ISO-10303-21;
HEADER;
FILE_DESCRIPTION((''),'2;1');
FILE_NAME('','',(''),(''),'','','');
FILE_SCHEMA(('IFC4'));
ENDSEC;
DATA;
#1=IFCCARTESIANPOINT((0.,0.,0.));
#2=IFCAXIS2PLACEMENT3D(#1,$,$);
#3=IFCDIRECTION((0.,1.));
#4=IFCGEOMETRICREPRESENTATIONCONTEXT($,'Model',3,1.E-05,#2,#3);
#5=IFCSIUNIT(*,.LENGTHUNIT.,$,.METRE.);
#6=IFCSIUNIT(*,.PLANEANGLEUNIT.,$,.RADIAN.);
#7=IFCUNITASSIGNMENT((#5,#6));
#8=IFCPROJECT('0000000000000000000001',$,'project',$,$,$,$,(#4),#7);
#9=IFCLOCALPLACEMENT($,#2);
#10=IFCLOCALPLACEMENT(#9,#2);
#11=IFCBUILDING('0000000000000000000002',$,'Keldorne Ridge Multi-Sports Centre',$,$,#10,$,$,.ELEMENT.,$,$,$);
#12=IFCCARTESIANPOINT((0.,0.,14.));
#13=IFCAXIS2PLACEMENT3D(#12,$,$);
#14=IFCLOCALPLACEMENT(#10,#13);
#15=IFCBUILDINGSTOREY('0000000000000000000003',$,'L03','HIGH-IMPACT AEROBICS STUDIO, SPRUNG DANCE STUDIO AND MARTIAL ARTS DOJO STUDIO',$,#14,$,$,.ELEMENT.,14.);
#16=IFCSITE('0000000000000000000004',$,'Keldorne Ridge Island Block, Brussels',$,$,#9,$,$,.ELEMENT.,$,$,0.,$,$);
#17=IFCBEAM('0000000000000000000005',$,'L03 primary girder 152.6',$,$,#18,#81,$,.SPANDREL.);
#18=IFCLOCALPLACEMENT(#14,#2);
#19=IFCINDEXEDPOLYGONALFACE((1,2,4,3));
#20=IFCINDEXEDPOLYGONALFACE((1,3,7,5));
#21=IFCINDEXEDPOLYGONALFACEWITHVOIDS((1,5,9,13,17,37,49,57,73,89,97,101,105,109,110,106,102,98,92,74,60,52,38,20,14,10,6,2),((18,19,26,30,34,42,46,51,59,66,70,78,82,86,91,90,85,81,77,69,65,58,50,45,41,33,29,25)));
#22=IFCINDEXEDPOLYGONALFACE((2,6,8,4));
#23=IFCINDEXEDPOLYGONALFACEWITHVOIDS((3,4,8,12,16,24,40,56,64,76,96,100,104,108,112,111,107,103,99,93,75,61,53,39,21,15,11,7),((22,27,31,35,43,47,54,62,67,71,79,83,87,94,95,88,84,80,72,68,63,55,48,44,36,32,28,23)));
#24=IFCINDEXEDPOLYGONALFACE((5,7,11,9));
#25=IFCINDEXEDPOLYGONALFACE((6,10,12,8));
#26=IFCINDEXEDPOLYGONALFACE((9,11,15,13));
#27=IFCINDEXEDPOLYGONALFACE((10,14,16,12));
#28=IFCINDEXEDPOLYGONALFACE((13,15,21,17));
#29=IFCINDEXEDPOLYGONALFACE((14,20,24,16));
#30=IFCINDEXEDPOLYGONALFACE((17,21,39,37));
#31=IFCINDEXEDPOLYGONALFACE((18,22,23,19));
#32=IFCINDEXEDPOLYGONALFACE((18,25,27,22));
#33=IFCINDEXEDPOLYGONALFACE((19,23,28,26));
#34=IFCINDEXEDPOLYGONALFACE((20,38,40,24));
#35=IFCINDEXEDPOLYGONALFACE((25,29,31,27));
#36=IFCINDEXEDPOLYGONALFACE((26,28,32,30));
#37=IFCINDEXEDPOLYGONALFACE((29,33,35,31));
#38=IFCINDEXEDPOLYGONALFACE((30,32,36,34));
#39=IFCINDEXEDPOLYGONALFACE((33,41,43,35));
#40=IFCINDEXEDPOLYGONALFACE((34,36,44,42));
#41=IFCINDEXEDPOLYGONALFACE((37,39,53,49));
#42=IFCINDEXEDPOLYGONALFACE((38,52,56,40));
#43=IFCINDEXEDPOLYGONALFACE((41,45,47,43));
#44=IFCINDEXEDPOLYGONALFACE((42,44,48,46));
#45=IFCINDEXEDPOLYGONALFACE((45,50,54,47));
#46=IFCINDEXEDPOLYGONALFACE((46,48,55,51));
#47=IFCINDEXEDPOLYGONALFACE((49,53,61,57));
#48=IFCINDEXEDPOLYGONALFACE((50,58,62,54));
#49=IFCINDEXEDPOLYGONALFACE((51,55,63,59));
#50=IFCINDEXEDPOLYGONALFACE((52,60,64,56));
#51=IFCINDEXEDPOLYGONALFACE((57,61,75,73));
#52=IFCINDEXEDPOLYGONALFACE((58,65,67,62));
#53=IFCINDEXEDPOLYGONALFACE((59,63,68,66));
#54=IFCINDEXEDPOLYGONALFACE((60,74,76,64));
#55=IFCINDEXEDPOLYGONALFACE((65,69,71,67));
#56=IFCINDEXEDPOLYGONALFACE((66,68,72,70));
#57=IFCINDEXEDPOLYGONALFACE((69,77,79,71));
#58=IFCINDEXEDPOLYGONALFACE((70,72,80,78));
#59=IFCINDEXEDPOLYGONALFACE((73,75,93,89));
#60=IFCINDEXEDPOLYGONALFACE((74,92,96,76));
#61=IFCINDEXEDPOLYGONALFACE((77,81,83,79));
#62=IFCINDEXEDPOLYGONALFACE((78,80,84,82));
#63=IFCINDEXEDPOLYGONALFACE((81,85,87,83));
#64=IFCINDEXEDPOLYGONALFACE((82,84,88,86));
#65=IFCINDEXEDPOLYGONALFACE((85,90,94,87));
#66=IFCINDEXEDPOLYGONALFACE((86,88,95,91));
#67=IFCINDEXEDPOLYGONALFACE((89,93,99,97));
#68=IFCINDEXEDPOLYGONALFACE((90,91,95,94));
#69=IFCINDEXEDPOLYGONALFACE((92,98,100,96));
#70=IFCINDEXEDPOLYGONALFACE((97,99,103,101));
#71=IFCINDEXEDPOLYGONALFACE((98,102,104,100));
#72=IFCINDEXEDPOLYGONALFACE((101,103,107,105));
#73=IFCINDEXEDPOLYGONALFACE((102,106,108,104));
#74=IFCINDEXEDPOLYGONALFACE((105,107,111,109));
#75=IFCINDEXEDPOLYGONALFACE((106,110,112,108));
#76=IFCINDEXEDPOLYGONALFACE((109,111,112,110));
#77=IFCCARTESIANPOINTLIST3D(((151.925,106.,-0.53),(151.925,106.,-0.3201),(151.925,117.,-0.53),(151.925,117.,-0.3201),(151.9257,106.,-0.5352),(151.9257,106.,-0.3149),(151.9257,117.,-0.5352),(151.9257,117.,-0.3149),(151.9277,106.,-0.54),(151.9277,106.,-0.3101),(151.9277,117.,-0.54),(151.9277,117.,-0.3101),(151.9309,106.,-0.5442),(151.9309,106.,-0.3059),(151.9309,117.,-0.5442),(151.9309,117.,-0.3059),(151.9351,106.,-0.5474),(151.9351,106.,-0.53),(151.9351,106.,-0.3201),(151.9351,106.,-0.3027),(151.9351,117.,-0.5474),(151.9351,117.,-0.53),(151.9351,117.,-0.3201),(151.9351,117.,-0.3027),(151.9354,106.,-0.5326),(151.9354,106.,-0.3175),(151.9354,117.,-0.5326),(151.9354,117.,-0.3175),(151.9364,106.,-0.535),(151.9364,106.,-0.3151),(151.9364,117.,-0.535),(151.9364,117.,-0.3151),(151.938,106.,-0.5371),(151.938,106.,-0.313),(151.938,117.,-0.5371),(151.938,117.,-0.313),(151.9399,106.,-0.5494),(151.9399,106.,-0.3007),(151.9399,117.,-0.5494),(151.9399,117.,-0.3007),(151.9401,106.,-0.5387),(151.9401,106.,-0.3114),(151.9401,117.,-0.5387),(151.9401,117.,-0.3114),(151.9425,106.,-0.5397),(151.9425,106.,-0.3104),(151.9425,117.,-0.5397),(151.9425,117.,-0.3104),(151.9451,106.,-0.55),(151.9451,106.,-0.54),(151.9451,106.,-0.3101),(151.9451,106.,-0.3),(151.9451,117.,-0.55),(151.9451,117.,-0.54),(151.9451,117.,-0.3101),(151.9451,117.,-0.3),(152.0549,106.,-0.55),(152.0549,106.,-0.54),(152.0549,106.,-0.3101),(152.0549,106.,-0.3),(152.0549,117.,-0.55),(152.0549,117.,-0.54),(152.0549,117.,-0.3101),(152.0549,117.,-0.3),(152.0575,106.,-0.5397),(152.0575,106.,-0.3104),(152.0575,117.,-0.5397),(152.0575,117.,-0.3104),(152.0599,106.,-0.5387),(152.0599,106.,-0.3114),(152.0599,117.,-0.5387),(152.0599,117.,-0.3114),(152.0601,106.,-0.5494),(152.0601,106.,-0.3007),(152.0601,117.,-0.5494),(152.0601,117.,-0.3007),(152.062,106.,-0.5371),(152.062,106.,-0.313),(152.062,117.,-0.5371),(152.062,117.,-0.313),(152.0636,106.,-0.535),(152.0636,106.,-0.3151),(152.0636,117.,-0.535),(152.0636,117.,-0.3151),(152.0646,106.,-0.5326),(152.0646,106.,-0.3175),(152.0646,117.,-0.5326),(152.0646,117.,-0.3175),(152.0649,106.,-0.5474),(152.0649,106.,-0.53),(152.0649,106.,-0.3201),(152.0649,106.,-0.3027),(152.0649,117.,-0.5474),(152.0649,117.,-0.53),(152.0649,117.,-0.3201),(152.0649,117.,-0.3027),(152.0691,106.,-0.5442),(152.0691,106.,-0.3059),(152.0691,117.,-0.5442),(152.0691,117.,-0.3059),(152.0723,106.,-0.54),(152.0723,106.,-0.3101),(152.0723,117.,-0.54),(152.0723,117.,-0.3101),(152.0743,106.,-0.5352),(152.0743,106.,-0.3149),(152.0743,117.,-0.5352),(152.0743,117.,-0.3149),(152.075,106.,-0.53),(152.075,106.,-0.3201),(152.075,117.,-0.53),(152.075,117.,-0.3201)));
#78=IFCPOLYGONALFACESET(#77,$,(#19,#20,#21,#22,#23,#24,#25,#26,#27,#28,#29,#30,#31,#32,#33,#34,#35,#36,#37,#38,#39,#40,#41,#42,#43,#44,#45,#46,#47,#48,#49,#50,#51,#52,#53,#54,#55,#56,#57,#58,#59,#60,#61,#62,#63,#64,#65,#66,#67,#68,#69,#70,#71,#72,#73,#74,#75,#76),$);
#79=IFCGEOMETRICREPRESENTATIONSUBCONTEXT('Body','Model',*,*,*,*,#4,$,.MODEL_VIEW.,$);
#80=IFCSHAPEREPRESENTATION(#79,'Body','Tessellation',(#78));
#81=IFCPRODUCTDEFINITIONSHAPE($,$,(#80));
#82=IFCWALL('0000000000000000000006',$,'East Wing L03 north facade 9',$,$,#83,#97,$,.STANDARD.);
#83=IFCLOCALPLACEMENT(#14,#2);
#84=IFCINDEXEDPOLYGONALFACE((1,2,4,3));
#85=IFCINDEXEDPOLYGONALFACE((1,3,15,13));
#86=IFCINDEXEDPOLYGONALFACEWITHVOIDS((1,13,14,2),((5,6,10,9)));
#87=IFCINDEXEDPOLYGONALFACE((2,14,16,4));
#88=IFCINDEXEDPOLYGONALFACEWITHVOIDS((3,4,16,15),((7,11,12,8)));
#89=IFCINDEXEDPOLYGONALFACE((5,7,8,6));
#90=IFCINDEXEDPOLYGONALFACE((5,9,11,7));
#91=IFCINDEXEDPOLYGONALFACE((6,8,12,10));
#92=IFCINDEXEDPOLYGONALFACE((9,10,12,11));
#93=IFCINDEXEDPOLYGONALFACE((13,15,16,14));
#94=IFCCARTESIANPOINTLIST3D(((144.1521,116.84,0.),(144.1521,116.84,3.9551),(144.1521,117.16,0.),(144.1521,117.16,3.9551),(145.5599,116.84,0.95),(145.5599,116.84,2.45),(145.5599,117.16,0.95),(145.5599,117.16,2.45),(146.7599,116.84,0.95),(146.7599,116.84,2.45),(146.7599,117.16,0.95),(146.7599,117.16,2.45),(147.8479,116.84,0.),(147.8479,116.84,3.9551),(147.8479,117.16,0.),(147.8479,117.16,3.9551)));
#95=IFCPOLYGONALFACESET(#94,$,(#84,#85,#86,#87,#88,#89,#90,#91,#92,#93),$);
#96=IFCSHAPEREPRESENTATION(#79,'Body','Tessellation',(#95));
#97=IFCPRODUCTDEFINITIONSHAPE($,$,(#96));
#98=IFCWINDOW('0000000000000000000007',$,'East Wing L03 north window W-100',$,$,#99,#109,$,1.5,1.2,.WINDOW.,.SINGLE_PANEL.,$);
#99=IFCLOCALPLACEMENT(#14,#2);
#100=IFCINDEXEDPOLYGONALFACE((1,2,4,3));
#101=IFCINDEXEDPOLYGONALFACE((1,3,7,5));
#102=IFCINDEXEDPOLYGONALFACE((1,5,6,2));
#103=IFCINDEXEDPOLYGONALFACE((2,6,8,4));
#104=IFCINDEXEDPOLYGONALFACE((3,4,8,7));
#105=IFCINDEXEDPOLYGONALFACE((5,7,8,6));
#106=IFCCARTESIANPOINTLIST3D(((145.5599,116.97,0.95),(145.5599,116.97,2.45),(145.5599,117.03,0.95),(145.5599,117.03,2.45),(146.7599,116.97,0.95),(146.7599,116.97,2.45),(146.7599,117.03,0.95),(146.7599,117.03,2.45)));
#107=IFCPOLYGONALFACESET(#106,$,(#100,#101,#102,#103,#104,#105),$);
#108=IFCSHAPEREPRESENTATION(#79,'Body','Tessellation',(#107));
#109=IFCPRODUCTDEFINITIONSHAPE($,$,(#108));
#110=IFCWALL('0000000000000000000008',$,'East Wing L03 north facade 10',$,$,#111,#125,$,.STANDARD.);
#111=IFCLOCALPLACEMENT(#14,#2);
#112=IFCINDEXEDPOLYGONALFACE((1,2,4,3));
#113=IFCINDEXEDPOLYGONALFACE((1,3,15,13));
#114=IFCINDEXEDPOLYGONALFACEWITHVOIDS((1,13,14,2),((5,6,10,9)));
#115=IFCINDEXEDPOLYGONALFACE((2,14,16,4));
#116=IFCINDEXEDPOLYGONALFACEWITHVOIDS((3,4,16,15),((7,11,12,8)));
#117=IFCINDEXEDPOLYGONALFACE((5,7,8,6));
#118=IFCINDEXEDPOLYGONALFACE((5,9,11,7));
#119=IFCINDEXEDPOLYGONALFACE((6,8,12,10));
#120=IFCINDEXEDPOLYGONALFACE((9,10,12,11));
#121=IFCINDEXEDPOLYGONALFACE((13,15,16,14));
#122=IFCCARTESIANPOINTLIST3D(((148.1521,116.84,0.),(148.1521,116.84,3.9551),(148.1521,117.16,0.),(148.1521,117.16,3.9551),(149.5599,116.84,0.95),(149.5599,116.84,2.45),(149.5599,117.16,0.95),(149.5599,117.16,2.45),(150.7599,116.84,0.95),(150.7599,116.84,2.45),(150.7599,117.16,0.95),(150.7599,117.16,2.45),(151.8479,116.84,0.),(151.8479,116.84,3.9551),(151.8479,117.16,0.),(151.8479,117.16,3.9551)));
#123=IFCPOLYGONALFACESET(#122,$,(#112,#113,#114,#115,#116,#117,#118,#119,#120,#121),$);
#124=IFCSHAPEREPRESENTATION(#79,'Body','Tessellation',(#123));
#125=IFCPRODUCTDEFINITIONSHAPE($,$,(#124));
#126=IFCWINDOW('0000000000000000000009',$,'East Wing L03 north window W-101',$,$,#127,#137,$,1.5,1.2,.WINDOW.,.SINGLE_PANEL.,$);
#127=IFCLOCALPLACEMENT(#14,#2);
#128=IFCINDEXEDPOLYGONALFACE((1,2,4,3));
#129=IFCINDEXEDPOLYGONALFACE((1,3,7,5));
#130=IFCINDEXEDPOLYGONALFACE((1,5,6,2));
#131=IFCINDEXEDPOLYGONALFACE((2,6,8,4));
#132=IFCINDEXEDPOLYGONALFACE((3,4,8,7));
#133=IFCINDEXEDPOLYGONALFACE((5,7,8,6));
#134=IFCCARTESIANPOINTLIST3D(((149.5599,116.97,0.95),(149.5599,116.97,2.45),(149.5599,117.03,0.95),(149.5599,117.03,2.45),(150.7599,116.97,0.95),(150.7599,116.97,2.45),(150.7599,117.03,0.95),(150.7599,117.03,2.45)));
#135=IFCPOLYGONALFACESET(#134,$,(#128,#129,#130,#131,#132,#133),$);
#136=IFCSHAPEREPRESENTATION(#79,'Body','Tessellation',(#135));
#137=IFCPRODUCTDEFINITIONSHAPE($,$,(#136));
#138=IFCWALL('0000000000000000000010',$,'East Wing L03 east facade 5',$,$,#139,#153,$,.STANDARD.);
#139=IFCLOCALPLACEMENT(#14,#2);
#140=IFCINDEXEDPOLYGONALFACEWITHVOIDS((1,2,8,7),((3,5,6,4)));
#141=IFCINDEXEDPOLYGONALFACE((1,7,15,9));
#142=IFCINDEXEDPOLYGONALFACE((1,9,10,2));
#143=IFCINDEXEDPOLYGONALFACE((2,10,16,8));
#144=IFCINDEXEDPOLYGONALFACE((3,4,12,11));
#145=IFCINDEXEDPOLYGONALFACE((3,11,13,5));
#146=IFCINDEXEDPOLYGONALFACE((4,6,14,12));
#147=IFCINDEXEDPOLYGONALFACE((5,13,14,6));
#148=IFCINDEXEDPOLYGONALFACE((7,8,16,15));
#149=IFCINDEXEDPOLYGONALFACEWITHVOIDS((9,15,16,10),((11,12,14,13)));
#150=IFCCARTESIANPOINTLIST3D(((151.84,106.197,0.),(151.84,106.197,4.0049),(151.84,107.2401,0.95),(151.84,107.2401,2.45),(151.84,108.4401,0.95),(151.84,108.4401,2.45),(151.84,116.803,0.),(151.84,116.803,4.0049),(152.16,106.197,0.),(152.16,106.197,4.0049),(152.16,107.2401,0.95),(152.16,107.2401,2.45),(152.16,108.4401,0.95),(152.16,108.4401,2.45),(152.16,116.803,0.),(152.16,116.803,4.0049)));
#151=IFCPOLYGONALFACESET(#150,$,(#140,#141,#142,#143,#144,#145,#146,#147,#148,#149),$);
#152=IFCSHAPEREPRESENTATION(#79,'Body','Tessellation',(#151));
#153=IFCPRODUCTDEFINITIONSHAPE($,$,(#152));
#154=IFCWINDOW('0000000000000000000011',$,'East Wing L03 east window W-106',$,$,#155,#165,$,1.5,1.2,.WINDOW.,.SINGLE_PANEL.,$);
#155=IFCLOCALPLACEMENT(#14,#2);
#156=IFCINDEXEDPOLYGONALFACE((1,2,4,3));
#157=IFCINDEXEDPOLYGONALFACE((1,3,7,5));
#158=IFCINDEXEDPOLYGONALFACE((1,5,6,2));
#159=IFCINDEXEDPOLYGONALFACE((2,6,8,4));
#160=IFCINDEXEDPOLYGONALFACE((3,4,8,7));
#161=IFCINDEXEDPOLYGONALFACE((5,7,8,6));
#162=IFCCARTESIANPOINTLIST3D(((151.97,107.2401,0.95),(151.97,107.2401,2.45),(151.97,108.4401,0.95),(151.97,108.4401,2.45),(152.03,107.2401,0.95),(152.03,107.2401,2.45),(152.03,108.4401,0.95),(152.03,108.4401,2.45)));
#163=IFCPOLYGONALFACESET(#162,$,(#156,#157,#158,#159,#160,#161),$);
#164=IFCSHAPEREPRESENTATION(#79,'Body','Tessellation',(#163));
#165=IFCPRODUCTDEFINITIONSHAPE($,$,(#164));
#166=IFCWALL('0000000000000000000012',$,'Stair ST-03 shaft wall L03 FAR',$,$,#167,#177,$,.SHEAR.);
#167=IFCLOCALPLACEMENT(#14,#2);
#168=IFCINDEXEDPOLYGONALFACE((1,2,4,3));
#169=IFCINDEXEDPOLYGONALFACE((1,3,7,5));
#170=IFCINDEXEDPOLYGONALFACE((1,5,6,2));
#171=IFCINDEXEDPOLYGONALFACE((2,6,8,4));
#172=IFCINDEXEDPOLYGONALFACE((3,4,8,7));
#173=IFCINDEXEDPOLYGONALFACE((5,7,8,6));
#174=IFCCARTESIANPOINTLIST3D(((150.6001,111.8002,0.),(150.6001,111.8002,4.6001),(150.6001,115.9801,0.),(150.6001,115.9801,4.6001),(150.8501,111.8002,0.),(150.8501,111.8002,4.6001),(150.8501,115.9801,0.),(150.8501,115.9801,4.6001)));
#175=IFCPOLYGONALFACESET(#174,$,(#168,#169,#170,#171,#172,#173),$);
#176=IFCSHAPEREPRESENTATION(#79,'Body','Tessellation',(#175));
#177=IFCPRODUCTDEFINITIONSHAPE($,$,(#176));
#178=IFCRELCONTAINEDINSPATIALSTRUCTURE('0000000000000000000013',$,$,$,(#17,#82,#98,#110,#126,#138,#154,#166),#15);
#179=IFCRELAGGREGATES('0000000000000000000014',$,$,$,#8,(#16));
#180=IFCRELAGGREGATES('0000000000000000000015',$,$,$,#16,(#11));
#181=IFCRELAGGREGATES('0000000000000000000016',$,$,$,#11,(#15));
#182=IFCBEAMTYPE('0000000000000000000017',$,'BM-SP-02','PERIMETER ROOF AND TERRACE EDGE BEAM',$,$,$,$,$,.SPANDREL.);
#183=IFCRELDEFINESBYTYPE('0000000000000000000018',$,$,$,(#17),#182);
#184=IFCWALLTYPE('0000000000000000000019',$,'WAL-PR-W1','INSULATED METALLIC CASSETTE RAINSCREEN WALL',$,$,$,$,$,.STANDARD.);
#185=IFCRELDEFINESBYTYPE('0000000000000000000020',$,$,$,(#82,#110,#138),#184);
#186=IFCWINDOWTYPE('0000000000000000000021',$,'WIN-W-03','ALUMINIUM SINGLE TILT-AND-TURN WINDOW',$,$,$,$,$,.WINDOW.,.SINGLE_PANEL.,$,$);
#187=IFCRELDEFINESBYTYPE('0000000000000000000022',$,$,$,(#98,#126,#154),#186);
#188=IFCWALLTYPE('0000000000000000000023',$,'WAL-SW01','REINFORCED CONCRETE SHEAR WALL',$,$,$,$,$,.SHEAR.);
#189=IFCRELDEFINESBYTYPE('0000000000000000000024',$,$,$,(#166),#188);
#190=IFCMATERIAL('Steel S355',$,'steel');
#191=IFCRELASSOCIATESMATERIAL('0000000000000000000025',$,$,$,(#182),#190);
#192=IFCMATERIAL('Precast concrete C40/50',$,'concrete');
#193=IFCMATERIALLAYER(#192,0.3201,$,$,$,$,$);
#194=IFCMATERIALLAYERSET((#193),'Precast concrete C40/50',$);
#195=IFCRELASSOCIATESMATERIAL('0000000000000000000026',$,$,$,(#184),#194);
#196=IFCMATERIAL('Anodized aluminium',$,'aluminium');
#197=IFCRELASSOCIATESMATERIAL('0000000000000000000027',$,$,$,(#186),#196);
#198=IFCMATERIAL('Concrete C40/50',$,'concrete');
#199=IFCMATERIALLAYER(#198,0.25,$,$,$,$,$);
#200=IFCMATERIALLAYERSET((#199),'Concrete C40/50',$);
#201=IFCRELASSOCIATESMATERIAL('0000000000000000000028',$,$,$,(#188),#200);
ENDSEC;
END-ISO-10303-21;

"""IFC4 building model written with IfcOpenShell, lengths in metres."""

from ifc_helpers import new_model, si_unit, direction, frame, frame_2d, origin, origin_2d, place, context, subcontext, project, spatial, rectangle, hollow_rectangle, extrude, material, layer, layer_set, material_profile, profile_set, type_object, element, fill, save


model = new_model("IFC4")

# Units and contexts
model_context = context("Model", 3, precision=1e-05, world=origin(), true_north=direction((0.0, 1.0)))
body_context = subcontext(model_context, "Body", "Model", "MODEL_VIEW")
ifc_project = project(units=[si_unit("LENGTHUNIT", "METRE"), si_unit("PLANEANGLEUNIT", "RADIAN")], contexts=[model_context])

# Site, building, storey
site_placement = place(None, origin())
site = spatial("IfcSite", under=ifc_project, at=site_placement, Name="Keldorne Ridge Island Block, Brussels", CompositionType="ELEMENT", RefElevation=0.0)
building_placement = place(site_placement, origin())
building = spatial("IfcBuilding", under=site, at=building_placement, Name="Keldorne Ridge Multi-Sports Centre", CompositionType="ELEMENT")
storey_placement = place(building_placement, frame((0.0, 0.0, 14.0)))
storey = spatial("IfcBuildingStorey", under=building, at=storey_placement, Name="L03", Description="HIGH-IMPACT AEROBICS STUDIO, SPRUNG DANCE STUDIO AND MARTIAL ARTS DOJO STUDIO", CompositionType="ELEMENT", Elevation=14.0)

# Shared definitions
ifc_material_1 = material(Name="Steel S355", Category="steel")

# Beam
ifc_material_profile_1 = material_profile(ifc_material_1, hollow_rectangle(XDim=0.1499, YDim=0.25, WallThickness=0.01, InnerFilletRadius=0.01, OuterFilletRadius=0.02, at=origin_2d()), Name="RHS 250x150x10")
ifc_profile_set_1 = profile_set([ifc_material_profile_1], Name="Steel S355")
beam_type_1 = type_object("IfcBeamType", Name="BM-SP-02", Description="PERIMETER ROOF AND TERRACE EDGE BEAM", PredefinedType="SPANDREL", material=ifc_profile_set_1)
beam_1_placement = place(storey_placement, frame((152.0, 106.0, -0.425), z_axis=(0.0, 1.0, 0.0), x_axis=(-1.0, 0.0, 0.0)))
element("IfcBeam", 1, at=beam_1_placement, inside=storey, type_object=beam_type_1, Name="L03 primary girder 152.6", PredefinedType="SPANDREL", context=body_context, shape_type="SweptSolid", body=[
    extrude(hollow_rectangle(XDim=0.1499, YDim=0.25, WallThickness=0.01, InnerFilletRadius=0.01, OuterFilletRadius=0.02, at=origin_2d()), origin(), (0.0, 0.0, 1.0), 11.0),
])

# Walls, openings, windows
ifc_material_2 = material(Name="Precast concrete C40/50", Category="concrete")
ifc_layer_1 = layer(ifc_material_2, 0.3201)
ifc_layer_set_1 = layer_set([ifc_layer_1], Name="Precast concrete C40/50")
wall_type_1 = type_object("IfcWallType", Name="WAL-PR-W1", Description="INSULATED METALLIC CASSETTE RAINSCREEN WALL", PredefinedType="STANDARD", material=ifc_layer_set_1)
wall_1_placement = place(storey_placement, frame((147.8479, 117.0, 0.0), z_axis=(0.0, 0.0, 1.0), x_axis=(-1.0, 0.0, 0.0)))
wall_1 = element("IfcWall", 2, at=wall_1_placement, inside=storey, type_object=wall_type_1, Name="East Wing L03 north facade 9", PredefinedType="STANDARD", context=body_context, shape_type="SweptSolid", body=[
    extrude(rectangle(XDim=3.6958, YDim=0.3201, at=frame_2d((1.8479, 0.0))), origin(), (0.0, 0.0, 1.0), 3.9551),
])
opening_1_placement = place(wall_1_placement, frame((1.0879, 0.0, 0.95)))
opening_1 = element("IfcOpeningElement", 3, at=opening_1_placement, cuts=wall_1, PredefinedType="OPENING", context=body_context, shape_type="SweptSolid", body=[
    extrude(rectangle(XDim=1.2, YDim=1.5, at=frame_2d((0.6001, 0.75))), frame((0.0, 0.1699, 0.0), z_axis=(0.0, -1.0, 0.0), x_axis=(1.0, 0.0, 0.0)), (0.0, 0.0, 1.0), 0.3401),
])
ifc_material_3 = material(Name="Anodized aluminium", Category="aluminium")
window_type = type_object("IfcWindowType", Name="WIN-W-03", Description="ALUMINIUM SINGLE TILT-AND-TURN WINDOW", PartitioningType="SINGLE_PANEL", PredefinedType="WINDOW", material=ifc_material_3)
window_1_placement = place(opening_1_placement, origin())
window_1 = element("IfcWindow", 4, at=window_1_placement, inside=storey, type_object=window_type, Name="East Wing L03 north window W-100", OverallHeight=1.5, OverallWidth=1.2, PartitioningType="SINGLE_PANEL", PredefinedType="WINDOW", context=body_context, shape_type="SweptSolid", body=[
    extrude(rectangle(XDim=1.2, YDim=1.5, at=frame_2d((0.6001, 0.75))), frame((0.0, 0.03, 0.0), z_axis=(0.0, -1.0, 0.0), x_axis=(1.0, 0.0, 0.0)), (0.0, 0.0, 1.0), 0.0601),
])
fill(opening_1, window_1)
wall_2_placement = place(storey_placement, frame((151.8479, 117.0, 0.0), z_axis=(0.0, 0.0, 1.0), x_axis=(-1.0, 0.0, 0.0)))
wall_2 = element("IfcWall", 5, at=wall_2_placement, inside=storey, type_object=wall_type_1, Name="East Wing L03 north facade 10", PredefinedType="STANDARD", context=body_context, shape_type="SweptSolid", body=[
    extrude(rectangle(XDim=3.6958, YDim=0.3201, at=frame_2d((1.8479, 0.0))), origin(), (0.0, 0.0, 1.0), 3.9551),
])
opening_2_placement = place(wall_2_placement, frame((1.0879, 0.0, 0.95)))
opening_2 = element("IfcOpeningElement", 6, at=opening_2_placement, cuts=wall_2, PredefinedType="OPENING", context=body_context, shape_type="SweptSolid", body=[
    extrude(rectangle(XDim=1.2, YDim=1.5, at=frame_2d((0.6001, 0.75))), frame((0.0, 0.1699, 0.0), z_axis=(0.0, -1.0, 0.0), x_axis=(1.0, 0.0, 0.0)), (0.0, 0.0, 1.0), 0.3401),
])
window_2_placement = place(opening_2_placement, origin())
window_2 = element("IfcWindow", 7, at=window_2_placement, inside=storey, type_object=window_type, Name="East Wing L03 north window W-101", OverallHeight=1.5, OverallWidth=1.2, PartitioningType="SINGLE_PANEL", PredefinedType="WINDOW", context=body_context, shape_type="SweptSolid", body=[
    extrude(rectangle(XDim=1.2, YDim=1.5, at=frame_2d((0.6001, 0.75))), frame((0.0, 0.03, 0.0), z_axis=(0.0, -1.0, 0.0), x_axis=(1.0, 0.0, 0.0)), (0.0, 0.0, 1.0), 0.0601),
])
fill(opening_2, window_2)
wall_3_placement = place(storey_placement, frame((152.0, 106.197, 0.0), z_axis=(0.0, 0.0, 1.0), x_axis=(0.0, 1.0, 0.0)))
wall_3 = element("IfcWall", 8, at=wall_3_placement, inside=storey, type_object=wall_type_1, Name="East Wing L03 east facade 5", PredefinedType="STANDARD", context=body_context, shape_type="SweptSolid", body=[
    extrude(rectangle(XDim=10.606, YDim=0.3201, at=frame_2d((5.303, 0.0))), origin(), (0.0, 0.0, 1.0), 4.0049),
])
opening_3_placement = place(wall_3_placement, frame((1.043, 0.0, 0.95)))
opening_3 = element("IfcOpeningElement", 9, at=opening_3_placement, cuts=wall_3, PredefinedType="OPENING", context=body_context, shape_type="SweptSolid", body=[
    extrude(rectangle(XDim=1.2, YDim=1.5, at=frame_2d((0.6001, 0.75))), frame((0.0, 0.1699, 0.0), z_axis=(0.0, -1.0, 0.0), x_axis=(1.0, 0.0, 0.0)), (0.0, 0.0, 1.0), 0.3401),
])
window_3_placement = place(opening_3_placement, origin())
window_3 = element("IfcWindow", 10, at=window_3_placement, inside=storey, type_object=window_type, Name="East Wing L03 east window W-106", OverallHeight=1.5, OverallWidth=1.2, PartitioningType="SINGLE_PANEL", PredefinedType="WINDOW", context=body_context, shape_type="SweptSolid", body=[
    extrude(rectangle(XDim=1.2, YDim=1.5, at=frame_2d((0.6001, 0.75))), frame((0.0, 0.03, 0.0), z_axis=(0.0, -1.0, 0.0), x_axis=(1.0, 0.0, 0.0)), (0.0, 0.0, 1.0), 0.0601),
])
fill(opening_3, window_3)

# Wall
ifc_material_4 = material(Name="Concrete C40/50", Category="concrete")
ifc_layer_2 = layer(ifc_material_4, 0.25)
ifc_layer_set_2 = layer_set([ifc_layer_2], Name="Concrete C40/50")
wall_type_2 = type_object("IfcWallType", Name="WAL-SW01", Description="REINFORCED CONCRETE SHEAR WALL", PredefinedType="SHEAR", material=ifc_layer_set_2)
wall_4_placement = place(storey_placement, frame((150.7251, 115.98, 0.0), z_axis=(0.0, 0.0, 1.0), x_axis=(0.0, -1.0, 0.0)))
element("IfcWall", 11, at=wall_4_placement, inside=storey, type_object=wall_type_2, Name="Stair ST-03 shaft wall L03 FAR", PredefinedType="SHEAR", context=body_context, shape_type="SweptSolid", body=[
    extrude(rectangle(XDim=4.1799, YDim=0.25, at=frame_2d((2.0898, 0.0))), origin(), (0.0, 0.0, 1.0), 4.6001),
])

save(model, "model.ifc")
